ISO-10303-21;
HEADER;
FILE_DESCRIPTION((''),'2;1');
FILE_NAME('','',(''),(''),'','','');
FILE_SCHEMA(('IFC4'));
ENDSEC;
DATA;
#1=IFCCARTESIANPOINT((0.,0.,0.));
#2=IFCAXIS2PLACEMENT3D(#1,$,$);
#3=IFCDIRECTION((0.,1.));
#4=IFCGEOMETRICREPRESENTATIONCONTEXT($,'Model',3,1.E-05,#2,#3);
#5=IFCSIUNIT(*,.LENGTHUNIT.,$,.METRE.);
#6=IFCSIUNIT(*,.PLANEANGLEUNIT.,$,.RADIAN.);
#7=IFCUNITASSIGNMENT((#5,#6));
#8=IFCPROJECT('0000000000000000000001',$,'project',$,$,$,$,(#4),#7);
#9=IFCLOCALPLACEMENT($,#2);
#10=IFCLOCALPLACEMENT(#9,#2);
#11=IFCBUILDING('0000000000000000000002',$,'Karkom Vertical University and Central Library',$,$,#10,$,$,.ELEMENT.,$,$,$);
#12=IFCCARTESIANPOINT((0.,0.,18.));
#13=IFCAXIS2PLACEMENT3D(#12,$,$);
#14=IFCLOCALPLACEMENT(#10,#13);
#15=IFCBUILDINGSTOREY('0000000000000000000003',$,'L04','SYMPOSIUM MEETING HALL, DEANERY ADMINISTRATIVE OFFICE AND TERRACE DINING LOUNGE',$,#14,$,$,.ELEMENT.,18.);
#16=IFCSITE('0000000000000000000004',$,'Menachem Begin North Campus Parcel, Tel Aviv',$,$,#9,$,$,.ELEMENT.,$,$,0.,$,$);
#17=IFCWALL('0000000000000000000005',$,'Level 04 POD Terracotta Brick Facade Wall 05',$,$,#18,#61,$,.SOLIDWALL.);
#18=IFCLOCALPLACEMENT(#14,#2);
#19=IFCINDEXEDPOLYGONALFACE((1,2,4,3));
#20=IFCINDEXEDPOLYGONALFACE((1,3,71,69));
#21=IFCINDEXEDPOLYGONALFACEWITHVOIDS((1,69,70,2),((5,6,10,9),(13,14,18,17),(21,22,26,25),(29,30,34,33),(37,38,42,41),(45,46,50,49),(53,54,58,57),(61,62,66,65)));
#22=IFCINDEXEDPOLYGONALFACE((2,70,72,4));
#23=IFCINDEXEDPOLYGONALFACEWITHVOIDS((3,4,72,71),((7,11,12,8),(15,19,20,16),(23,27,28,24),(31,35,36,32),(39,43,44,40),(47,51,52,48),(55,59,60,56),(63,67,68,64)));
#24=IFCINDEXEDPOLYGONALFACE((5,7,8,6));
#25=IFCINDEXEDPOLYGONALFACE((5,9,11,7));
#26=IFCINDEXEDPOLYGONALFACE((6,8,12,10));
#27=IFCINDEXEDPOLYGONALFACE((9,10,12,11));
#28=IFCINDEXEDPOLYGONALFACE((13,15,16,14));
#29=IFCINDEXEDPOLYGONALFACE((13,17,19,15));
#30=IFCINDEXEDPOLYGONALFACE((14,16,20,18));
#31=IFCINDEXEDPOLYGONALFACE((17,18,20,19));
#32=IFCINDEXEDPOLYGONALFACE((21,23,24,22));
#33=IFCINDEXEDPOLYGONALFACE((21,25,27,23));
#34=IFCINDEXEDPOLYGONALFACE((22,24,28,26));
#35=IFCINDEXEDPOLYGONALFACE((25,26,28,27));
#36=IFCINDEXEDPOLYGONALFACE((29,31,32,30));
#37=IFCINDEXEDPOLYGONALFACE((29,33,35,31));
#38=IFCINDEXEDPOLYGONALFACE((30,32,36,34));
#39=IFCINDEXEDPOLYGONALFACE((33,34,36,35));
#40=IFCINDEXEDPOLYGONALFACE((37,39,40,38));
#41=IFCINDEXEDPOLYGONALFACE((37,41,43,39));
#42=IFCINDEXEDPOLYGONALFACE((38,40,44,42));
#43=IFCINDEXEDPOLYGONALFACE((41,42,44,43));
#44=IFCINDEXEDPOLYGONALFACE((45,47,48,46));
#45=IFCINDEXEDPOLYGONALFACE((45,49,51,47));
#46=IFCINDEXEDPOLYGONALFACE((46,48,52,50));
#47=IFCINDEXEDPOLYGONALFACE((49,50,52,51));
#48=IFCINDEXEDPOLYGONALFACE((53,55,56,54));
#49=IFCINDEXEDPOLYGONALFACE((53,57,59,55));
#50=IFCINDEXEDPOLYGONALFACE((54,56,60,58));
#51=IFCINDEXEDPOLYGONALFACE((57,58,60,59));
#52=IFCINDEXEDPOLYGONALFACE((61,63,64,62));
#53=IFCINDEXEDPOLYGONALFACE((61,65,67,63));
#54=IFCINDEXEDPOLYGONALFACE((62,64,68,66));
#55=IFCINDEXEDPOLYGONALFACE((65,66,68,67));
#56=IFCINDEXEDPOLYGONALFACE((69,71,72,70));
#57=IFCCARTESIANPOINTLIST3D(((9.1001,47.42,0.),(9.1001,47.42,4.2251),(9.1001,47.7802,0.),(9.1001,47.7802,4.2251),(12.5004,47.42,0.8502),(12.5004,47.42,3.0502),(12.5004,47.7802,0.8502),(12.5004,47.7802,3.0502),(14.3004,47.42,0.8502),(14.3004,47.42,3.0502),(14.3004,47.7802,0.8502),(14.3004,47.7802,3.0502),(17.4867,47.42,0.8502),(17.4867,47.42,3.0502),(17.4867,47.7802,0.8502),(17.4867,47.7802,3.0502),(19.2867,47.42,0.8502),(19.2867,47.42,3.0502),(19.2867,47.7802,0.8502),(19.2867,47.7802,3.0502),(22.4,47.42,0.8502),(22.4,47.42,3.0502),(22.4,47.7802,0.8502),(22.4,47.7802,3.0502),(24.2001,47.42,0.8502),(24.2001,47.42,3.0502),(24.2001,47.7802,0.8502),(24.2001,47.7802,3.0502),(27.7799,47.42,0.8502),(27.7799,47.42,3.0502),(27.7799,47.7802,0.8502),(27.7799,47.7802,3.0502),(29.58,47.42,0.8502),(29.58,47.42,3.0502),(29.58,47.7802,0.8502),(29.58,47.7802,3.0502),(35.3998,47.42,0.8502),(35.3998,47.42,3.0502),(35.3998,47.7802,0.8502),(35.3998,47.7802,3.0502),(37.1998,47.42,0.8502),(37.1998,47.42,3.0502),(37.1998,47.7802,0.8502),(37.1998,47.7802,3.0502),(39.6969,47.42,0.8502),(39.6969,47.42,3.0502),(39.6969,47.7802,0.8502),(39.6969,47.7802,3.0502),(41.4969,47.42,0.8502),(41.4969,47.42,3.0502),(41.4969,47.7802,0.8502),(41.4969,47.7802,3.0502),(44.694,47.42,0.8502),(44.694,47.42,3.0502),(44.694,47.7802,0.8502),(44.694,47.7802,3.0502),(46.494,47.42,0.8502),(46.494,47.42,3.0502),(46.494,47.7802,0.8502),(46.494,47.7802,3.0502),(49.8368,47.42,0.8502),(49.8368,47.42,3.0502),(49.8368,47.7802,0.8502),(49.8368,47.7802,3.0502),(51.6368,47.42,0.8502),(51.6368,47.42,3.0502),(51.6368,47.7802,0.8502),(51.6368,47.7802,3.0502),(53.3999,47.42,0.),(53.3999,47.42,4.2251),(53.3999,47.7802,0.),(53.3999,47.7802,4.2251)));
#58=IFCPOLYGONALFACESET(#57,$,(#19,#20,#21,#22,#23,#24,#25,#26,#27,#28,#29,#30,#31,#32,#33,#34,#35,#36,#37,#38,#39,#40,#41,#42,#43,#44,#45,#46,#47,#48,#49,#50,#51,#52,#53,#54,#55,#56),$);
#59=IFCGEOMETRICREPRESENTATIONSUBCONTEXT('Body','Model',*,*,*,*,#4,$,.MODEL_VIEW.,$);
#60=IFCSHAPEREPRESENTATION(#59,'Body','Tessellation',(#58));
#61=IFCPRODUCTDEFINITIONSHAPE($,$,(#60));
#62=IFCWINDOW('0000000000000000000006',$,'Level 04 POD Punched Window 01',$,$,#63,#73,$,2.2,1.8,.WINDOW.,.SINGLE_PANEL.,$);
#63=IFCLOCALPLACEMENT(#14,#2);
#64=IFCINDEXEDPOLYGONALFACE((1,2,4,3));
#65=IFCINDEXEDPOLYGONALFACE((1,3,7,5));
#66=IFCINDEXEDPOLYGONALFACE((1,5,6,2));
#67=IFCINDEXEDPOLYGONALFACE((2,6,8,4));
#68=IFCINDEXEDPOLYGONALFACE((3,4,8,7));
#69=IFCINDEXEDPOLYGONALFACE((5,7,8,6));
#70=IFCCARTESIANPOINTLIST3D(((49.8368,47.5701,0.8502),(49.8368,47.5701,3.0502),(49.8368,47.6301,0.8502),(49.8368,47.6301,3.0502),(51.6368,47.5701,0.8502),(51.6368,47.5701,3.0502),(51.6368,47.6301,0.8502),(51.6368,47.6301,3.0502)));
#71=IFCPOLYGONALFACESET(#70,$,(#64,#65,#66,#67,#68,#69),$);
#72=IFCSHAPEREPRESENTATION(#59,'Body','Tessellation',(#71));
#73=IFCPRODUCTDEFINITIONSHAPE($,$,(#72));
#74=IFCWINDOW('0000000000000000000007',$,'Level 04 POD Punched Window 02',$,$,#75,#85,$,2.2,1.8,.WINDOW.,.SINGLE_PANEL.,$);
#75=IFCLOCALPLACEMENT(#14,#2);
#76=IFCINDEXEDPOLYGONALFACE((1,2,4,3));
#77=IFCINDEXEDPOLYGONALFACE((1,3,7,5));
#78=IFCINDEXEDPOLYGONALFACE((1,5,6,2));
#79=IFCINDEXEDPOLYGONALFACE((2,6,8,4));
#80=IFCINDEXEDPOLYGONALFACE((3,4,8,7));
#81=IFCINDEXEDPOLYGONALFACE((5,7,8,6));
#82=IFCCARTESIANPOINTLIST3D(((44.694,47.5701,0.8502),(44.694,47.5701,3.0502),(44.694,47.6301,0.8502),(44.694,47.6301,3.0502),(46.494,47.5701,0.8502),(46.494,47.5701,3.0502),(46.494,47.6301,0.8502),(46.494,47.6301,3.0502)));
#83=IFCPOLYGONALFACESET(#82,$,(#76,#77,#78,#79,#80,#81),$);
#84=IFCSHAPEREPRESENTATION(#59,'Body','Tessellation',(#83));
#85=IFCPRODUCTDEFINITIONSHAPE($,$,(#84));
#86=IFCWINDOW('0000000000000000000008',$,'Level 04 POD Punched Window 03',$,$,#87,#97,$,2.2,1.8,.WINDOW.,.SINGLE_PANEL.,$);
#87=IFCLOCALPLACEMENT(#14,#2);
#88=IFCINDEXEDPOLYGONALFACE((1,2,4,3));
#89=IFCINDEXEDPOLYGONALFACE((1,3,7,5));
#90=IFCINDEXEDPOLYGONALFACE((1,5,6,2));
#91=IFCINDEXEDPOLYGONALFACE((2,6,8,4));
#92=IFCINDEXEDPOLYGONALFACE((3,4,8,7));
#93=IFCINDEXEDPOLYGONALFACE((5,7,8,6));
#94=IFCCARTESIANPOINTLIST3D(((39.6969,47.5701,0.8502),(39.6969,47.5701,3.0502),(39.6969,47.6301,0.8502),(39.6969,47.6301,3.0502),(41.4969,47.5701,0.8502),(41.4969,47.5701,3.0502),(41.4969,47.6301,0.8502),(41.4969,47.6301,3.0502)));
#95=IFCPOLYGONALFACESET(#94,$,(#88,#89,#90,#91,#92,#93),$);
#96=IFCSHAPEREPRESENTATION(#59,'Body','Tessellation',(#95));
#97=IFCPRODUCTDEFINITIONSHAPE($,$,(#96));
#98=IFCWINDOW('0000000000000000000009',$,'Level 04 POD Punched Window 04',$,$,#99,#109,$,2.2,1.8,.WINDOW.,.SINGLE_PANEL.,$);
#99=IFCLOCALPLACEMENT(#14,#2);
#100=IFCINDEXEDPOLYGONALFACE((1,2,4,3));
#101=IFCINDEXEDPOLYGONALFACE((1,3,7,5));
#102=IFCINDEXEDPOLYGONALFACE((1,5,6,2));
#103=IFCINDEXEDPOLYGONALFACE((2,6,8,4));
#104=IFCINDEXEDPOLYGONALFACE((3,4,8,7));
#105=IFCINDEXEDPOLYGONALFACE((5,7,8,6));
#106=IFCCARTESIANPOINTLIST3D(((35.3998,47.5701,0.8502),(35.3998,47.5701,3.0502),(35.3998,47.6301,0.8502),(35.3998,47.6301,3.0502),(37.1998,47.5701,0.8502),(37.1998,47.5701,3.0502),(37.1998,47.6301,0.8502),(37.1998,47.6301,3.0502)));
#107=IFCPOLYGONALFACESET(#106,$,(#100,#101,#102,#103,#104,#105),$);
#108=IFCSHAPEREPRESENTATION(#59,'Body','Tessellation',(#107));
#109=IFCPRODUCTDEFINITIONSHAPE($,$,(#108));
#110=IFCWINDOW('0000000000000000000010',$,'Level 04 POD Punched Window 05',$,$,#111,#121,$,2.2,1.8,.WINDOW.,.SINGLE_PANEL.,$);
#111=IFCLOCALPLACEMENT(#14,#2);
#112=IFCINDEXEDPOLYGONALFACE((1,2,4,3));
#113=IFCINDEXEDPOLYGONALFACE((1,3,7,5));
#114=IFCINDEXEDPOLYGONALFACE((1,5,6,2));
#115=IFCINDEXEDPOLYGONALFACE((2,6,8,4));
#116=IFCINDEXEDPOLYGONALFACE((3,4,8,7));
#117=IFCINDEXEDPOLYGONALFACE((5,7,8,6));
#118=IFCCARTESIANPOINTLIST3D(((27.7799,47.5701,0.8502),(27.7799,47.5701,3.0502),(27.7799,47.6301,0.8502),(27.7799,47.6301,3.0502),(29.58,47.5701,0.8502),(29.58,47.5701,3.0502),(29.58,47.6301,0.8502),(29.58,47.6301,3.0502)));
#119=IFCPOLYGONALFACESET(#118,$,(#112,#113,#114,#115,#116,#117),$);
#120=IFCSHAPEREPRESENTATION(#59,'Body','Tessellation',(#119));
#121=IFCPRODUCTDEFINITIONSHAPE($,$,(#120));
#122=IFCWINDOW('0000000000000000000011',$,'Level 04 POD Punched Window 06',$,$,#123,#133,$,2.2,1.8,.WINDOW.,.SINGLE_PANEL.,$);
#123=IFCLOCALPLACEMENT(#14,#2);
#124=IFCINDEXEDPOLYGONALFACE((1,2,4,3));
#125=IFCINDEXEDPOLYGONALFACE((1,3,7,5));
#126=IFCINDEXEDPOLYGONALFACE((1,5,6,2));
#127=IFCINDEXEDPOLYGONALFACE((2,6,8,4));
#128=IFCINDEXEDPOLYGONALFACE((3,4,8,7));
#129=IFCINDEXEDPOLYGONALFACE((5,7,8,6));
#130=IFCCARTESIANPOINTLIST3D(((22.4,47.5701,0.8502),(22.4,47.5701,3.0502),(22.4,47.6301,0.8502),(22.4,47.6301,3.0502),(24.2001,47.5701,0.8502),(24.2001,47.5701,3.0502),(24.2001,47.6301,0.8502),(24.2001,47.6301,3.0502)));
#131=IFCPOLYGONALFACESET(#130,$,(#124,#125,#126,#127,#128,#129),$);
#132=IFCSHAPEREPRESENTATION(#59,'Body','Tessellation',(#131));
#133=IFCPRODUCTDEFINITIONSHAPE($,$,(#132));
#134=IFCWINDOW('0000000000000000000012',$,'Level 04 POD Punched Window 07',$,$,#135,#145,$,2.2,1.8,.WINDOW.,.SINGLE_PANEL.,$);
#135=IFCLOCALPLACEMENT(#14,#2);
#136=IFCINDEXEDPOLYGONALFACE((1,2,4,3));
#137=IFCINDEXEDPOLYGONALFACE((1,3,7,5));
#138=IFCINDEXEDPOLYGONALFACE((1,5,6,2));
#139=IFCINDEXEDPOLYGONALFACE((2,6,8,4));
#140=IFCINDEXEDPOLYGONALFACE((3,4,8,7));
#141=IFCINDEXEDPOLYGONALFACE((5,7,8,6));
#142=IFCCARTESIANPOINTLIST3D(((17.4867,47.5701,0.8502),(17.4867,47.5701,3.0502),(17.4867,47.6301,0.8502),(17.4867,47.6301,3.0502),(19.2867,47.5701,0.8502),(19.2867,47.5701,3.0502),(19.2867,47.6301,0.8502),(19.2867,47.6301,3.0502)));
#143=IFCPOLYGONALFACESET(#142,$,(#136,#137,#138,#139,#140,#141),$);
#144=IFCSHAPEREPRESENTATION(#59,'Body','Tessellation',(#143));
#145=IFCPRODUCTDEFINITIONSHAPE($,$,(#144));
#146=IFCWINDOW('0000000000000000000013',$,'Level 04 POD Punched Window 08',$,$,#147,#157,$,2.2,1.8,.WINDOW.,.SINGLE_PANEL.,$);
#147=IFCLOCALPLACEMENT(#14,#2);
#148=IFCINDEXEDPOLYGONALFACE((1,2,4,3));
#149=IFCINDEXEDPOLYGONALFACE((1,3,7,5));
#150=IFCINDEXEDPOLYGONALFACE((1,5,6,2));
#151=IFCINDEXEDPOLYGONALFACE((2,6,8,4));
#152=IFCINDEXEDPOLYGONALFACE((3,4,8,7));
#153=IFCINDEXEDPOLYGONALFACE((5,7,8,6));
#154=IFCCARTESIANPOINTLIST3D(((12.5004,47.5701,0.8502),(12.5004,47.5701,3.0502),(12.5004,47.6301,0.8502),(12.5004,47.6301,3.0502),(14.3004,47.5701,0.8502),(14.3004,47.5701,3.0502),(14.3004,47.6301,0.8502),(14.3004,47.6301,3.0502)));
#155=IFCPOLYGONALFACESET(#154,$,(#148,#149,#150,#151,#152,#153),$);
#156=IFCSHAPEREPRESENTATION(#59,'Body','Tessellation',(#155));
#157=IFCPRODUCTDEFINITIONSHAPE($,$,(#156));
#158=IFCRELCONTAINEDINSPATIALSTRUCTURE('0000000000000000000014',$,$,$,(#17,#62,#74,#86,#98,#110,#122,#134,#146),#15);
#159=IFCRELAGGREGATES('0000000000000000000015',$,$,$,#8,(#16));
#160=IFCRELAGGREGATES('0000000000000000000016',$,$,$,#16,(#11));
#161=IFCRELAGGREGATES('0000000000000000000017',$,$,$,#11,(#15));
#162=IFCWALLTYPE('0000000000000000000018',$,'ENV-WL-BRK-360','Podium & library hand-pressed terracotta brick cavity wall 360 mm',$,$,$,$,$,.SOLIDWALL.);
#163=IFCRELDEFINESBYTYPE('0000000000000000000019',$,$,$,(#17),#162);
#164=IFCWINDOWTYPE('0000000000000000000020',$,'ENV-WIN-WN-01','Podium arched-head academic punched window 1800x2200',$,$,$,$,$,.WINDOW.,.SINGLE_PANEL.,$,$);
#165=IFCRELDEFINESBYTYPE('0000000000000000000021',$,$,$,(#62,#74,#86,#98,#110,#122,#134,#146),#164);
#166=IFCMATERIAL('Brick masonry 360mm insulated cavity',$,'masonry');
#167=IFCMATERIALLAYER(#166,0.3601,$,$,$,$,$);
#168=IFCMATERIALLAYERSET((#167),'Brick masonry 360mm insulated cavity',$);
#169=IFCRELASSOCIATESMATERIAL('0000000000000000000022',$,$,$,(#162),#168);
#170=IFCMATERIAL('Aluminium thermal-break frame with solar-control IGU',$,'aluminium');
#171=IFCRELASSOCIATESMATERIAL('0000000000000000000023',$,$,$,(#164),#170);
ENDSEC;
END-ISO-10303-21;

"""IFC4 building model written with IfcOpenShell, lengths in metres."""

from ifc_helpers import new_model, si_unit, direction, frame, frame_2d, origin, origin_with_axes, place, context, subcontext, project, spatial, rectangle, extrude, source, transform, mapped, material, layer, layer_set, type_object, element, fill, save


model = new_model("IFC4")

# Units and contexts
model_context = context("Model", 3, precision=1e-05, world=origin(), true_north=direction((0.0, 1.0)))
body_context = subcontext(model_context, "Body", "Model", "MODEL_VIEW")
ifc_project = project(units=[si_unit("LENGTHUNIT", "METRE"), si_unit("PLANEANGLEUNIT", "RADIAN")], contexts=[model_context])

# Site, building, storey
site_placement = place(None, origin())
site = spatial("IfcSite", under=ifc_project, at=site_placement, Name="Menachem Begin North Campus Parcel, Tel Aviv", CompositionType="ELEMENT", RefElevation=0.0)
building_placement = place(site_placement, origin())
building = spatial("IfcBuilding", under=site, at=building_placement, Name="Karkom Vertical University and Central Library", CompositionType="ELEMENT")
storey_placement = place(building_placement, frame((0.0, 0.0, 18.0)))
storey = spatial("IfcBuildingStorey", under=building, at=storey_placement, Name="L04", Description="SYMPOSIUM MEETING HALL, DEANERY ADMINISTRATIVE OFFICE AND TERRACE DINING LOUNGE", CompositionType="ELEMENT", Elevation=18.0)

# Wall, openings, windows
ifc_material_1 = material(Name="Brick masonry 360mm insulated cavity", Category="masonry")
ifc_layer_1 = layer(ifc_material_1, 0.3601)
ifc_layer_set_1 = layer_set([ifc_layer_1], Name="Brick masonry 360mm insulated cavity")
wall_type_1 = type_object("IfcWallType", Name="ENV-WL-BRK-360", Description="Podium & library hand-pressed terracotta brick cavity wall 360 mm", PredefinedType="SOLIDWALL", material=ifc_layer_set_1)
wall_1_placement = place(storey_placement, frame((53.3999, 47.6001, 0.0), z_axis=(0.0, 0.0, 1.0), x_axis=(-1.0, 0.0, 0.0)))
wall_1 = element("IfcWall", 1, at=wall_1_placement, inside=storey, type_object=wall_type_1, Name="Level 04 POD Terracotta Brick Facade Wall 05", PredefinedType="SOLIDWALL", context=body_context, shape_type="SweptSolid", body=[
    extrude(rectangle(XDim=44.2998, YDim=0.3601, at=frame_2d((22.1499, 0.0))), origin(), (0.0, 0.0, 1.0), 4.2251),
])
opening_1_placement = place(wall_1_placement, frame((1.7632, 0.0, 0.8501)))
opening_1 = element("IfcOpeningElement", 2, at=opening_1_placement, cuts=wall_1, PredefinedType="OPENING", context=body_context, shape_type="SweptSolid", body=[
    extrude(rectangle(XDim=1.8, YDim=2.2, at=frame_2d((0.8999, 1.1001))), frame((0.0, 0.1899, 0.0), z_axis=(0.0, -1.0, 0.0), x_axis=(1.0, 0.0, 0.0)), (0.0, 0.0, 1.0), 0.3801),
])
opening_2_placement = place(wall_1_placement, frame((6.906, 0.0, 0.8501)))
opening_2 = element("IfcOpeningElement", 3, at=opening_2_placement, cuts=wall_1, PredefinedType="OPENING", context=body_context, shape_type="SweptSolid", body=[
    extrude(rectangle(XDim=1.8, YDim=2.2, at=frame_2d((0.8999, 1.1001))), frame((0.0, 0.1899, 0.0), z_axis=(0.0, -1.0, 0.0), x_axis=(1.0, 0.0, 0.0)), (0.0, 0.0, 1.0), 0.3801),
])
opening_3_placement = place(wall_1_placement, frame((11.9031, 0.0, 0.8501)))
opening_3 = element("IfcOpeningElement", 4, at=opening_3_placement, cuts=wall_1, PredefinedType="OPENING", context=body_context, shape_type="SweptSolid", body=[
    extrude(rectangle(XDim=1.8, YDim=2.2, at=frame_2d((0.8999, 1.1001))), frame((0.0, 0.1899, 0.0), z_axis=(0.0, -1.0, 0.0), x_axis=(1.0, 0.0, 0.0)), (0.0, 0.0, 1.0), 0.3801),
])
opening_4_placement = place(wall_1_placement, frame((16.2002, 0.0, 0.8501)))
opening_4 = element("IfcOpeningElement", 5, at=opening_4_placement, cuts=wall_1, PredefinedType="OPENING", context=body_context, shape_type="SweptSolid", body=[
    extrude(rectangle(XDim=1.8, YDim=2.2, at=frame_2d((0.8999, 1.1001))), frame((0.0, 0.1899, 0.0), z_axis=(0.0, -1.0, 0.0), x_axis=(1.0, 0.0, 0.0)), (0.0, 0.0, 1.0), 0.3801),
])
opening_5_placement = place(wall_1_placement, frame((23.8201, 0.0, 0.8501)))
opening_5 = element("IfcOpeningElement", 6, at=opening_5_placement, cuts=wall_1, PredefinedType="OPENING", context=body_context, shape_type="SweptSolid", body=[
    extrude(rectangle(XDim=1.8, YDim=2.2, at=frame_2d((0.8999, 1.1001))), frame((0.0, 0.1899, 0.0), z_axis=(0.0, -1.0, 0.0), x_axis=(1.0, 0.0, 0.0)), (0.0, 0.0, 1.0), 0.3801),
])
opening_6_placement = place(wall_1_placement, frame((29.2, 0.0, 0.8501)))
opening_6 = element("IfcOpeningElement", 7, at=opening_6_placement, cuts=wall_1, PredefinedType="OPENING", context=body_context, shape_type="SweptSolid", body=[
    extrude(rectangle(XDim=1.8, YDim=2.2, at=frame_2d((0.8999, 1.1001))), frame((0.0, 0.1899, 0.0), z_axis=(0.0, -1.0, 0.0), x_axis=(1.0, 0.0, 0.0)), (0.0, 0.0, 1.0), 0.3801),
])
opening_7_placement = place(wall_1_placement, frame((34.1133, 0.0, 0.8501)))
opening_7 = element("IfcOpeningElement", 8, at=opening_7_placement, cuts=wall_1, PredefinedType="OPENING", context=body_context, shape_type="SweptSolid", body=[
    extrude(rectangle(XDim=1.8, YDim=2.2, at=frame_2d((0.8999, 1.1001))), frame((0.0, 0.1899, 0.0), z_axis=(0.0, -1.0, 0.0), x_axis=(1.0, 0.0, 0.0)), (0.0, 0.0, 1.0), 0.3801),
])
opening_8_placement = place(wall_1_placement, frame((39.0996, 0.0, 0.8501)))
opening_8 = element("IfcOpeningElement", 9, at=opening_8_placement, cuts=wall_1, PredefinedType="OPENING", context=body_context, shape_type="SweptSolid", body=[
    extrude(rectangle(XDim=1.8, YDim=2.2, at=frame_2d((0.8999, 1.1001))), frame((0.0, 0.1899, 0.0), z_axis=(0.0, -1.0, 0.0), x_axis=(1.0, 0.0, 0.0)), (0.0, 0.0, 1.0), 0.3801),
])
ifc_material_2 = material(Name="Aluminium thermal-break frame with solar-control IGU", Category="aluminium")
window_type = type_object("IfcWindowType", Name="ENV-WIN-WN-01", Description="Podium arched-head academic punched window 1800x2200", PartitioningType="SINGLE_PANEL", PredefinedType="WINDOW", material=ifc_material_2)
shared_shape_1 = source(origin_with_axes(), body_context, "Body", "SweptSolid", [
    extrude(rectangle(XDim=1.8, YDim=2.2, at=frame_2d((0.8999, 1.1001))), frame((0.0, 0.03, 0.0), z_axis=(0.0, -1.0, 0.0), x_axis=(1.0, 0.0, 0.0)), (0.0, 0.0, 1.0), 0.0601),
])
window_1_placement = place(opening_1_placement, origin())
window_1 = element("IfcWindow", 10, at=window_1_placement, inside=storey, type_object=window_type, Name="Level 04 POD Punched Window 01", OverallHeight=2.2, OverallWidth=1.8, PartitioningType="SINGLE_PANEL", PredefinedType="WINDOW", context=body_context, shape_type="MappedRepresentation", body=[
    mapped(shared_shape_1, transform((0.0, 0.0, 0.0), scale=1.0)),
])
fill(opening_1, window_1)
window_2_placement = place(opening_2_placement, origin())
window_2 = element("IfcWindow", 11, at=window_2_placement, inside=storey, type_object=window_type, Name="Level 04 POD Punched Window 02", OverallHeight=2.2, OverallWidth=1.8, PartitioningType="SINGLE_PANEL", PredefinedType="WINDOW", context=body_context, shape_type="MappedRepresentation", body=[
    mapped(shared_shape_1, transform((0.0, 0.0, 0.0), scale=1.0)),
])
fill(opening_2, window_2)
window_3_placement = place(opening_3_placement, origin())
window_3 = element("IfcWindow", 12, at=window_3_placement, inside=storey, type_object=window_type, Name="Level 04 POD Punched Window 03", OverallHeight=2.2, OverallWidth=1.8, PartitioningType="SINGLE_PANEL", PredefinedType="WINDOW", context=body_context, shape_type="MappedRepresentation", body=[
    mapped(shared_shape_1, transform((0.0, 0.0, 0.0), scale=1.0)),
])
fill(opening_3, window_3)
window_4_placement = place(opening_4_placement, origin())
window_4 = element("IfcWindow", 13, at=window_4_placement, inside=storey, type_object=window_type, Name="Level 04 POD Punched Window 04", OverallHeight=2.2, OverallWidth=1.8, PartitioningType="SINGLE_PANEL", PredefinedType="WINDOW", context=body_context, shape_type="MappedRepresentation", body=[
    mapped(shared_shape_1, transform((0.0, 0.0, 0.0), scale=1.0)),
])
fill(opening_4, window_4)
window_5_placement = place(opening_5_placement, origin())
window_5 = element("IfcWindow", 14, at=window_5_placement, inside=storey, type_object=window_type, Name="Level 04 POD Punched Window 05", OverallHeight=2.2, OverallWidth=1.8, PartitioningType="SINGLE_PANEL", PredefinedType="WINDOW", context=body_context, shape_type="MappedRepresentation", body=[
    mapped(shared_shape_1, transform((0.0, 0.0, 0.0), scale=1.0)),
])
fill(opening_5, window_5)
window_6_placement = place(opening_6_placement, origin())
window_6 = element("IfcWindow", 15, at=window_6_placement, inside=storey, type_object=window_type, Name="Level 04 POD Punched Window 06", OverallHeight=2.2, OverallWidth=1.8, PartitioningType="SINGLE_PANEL", PredefinedType="WINDOW", context=body_context, shape_type="MappedRepresentation", body=[
    mapped(shared_shape_1, transform((0.0, 0.0, 0.0), scale=1.0)),
])
fill(opening_6, window_6)
window_7_placement = place(opening_7_placement, origin())
window_7 = element("IfcWindow", 16, at=window_7_placement, inside=storey, type_object=window_type, Name="Level 04 POD Punched Window 07", OverallHeight=2.2, OverallWidth=1.8, PartitioningType="SINGLE_PANEL", PredefinedType="WINDOW", context=body_context, shape_type="MappedRepresentation", body=[
    mapped(shared_shape_1, transform((0.0, 0.0, 0.0), scale=1.0)),
])
fill(opening_7, window_7)
window_8_placement = place(opening_8_placement, origin())
window_8 = element("IfcWindow", 17, at=window_8_placement, inside=storey, type_object=window_type, Name="Level 04 POD Punched Window 08", OverallHeight=2.2, OverallWidth=1.8, PartitioningType="SINGLE_PANEL", PredefinedType="WINDOW", context=body_context, shape_type="MappedRepresentation", body=[
    mapped(shared_shape_1, transform((0.0, 0.0, 0.0), scale=1.0)),
])
fill(opening_8, window_8)

save(model, "model.ifc")
